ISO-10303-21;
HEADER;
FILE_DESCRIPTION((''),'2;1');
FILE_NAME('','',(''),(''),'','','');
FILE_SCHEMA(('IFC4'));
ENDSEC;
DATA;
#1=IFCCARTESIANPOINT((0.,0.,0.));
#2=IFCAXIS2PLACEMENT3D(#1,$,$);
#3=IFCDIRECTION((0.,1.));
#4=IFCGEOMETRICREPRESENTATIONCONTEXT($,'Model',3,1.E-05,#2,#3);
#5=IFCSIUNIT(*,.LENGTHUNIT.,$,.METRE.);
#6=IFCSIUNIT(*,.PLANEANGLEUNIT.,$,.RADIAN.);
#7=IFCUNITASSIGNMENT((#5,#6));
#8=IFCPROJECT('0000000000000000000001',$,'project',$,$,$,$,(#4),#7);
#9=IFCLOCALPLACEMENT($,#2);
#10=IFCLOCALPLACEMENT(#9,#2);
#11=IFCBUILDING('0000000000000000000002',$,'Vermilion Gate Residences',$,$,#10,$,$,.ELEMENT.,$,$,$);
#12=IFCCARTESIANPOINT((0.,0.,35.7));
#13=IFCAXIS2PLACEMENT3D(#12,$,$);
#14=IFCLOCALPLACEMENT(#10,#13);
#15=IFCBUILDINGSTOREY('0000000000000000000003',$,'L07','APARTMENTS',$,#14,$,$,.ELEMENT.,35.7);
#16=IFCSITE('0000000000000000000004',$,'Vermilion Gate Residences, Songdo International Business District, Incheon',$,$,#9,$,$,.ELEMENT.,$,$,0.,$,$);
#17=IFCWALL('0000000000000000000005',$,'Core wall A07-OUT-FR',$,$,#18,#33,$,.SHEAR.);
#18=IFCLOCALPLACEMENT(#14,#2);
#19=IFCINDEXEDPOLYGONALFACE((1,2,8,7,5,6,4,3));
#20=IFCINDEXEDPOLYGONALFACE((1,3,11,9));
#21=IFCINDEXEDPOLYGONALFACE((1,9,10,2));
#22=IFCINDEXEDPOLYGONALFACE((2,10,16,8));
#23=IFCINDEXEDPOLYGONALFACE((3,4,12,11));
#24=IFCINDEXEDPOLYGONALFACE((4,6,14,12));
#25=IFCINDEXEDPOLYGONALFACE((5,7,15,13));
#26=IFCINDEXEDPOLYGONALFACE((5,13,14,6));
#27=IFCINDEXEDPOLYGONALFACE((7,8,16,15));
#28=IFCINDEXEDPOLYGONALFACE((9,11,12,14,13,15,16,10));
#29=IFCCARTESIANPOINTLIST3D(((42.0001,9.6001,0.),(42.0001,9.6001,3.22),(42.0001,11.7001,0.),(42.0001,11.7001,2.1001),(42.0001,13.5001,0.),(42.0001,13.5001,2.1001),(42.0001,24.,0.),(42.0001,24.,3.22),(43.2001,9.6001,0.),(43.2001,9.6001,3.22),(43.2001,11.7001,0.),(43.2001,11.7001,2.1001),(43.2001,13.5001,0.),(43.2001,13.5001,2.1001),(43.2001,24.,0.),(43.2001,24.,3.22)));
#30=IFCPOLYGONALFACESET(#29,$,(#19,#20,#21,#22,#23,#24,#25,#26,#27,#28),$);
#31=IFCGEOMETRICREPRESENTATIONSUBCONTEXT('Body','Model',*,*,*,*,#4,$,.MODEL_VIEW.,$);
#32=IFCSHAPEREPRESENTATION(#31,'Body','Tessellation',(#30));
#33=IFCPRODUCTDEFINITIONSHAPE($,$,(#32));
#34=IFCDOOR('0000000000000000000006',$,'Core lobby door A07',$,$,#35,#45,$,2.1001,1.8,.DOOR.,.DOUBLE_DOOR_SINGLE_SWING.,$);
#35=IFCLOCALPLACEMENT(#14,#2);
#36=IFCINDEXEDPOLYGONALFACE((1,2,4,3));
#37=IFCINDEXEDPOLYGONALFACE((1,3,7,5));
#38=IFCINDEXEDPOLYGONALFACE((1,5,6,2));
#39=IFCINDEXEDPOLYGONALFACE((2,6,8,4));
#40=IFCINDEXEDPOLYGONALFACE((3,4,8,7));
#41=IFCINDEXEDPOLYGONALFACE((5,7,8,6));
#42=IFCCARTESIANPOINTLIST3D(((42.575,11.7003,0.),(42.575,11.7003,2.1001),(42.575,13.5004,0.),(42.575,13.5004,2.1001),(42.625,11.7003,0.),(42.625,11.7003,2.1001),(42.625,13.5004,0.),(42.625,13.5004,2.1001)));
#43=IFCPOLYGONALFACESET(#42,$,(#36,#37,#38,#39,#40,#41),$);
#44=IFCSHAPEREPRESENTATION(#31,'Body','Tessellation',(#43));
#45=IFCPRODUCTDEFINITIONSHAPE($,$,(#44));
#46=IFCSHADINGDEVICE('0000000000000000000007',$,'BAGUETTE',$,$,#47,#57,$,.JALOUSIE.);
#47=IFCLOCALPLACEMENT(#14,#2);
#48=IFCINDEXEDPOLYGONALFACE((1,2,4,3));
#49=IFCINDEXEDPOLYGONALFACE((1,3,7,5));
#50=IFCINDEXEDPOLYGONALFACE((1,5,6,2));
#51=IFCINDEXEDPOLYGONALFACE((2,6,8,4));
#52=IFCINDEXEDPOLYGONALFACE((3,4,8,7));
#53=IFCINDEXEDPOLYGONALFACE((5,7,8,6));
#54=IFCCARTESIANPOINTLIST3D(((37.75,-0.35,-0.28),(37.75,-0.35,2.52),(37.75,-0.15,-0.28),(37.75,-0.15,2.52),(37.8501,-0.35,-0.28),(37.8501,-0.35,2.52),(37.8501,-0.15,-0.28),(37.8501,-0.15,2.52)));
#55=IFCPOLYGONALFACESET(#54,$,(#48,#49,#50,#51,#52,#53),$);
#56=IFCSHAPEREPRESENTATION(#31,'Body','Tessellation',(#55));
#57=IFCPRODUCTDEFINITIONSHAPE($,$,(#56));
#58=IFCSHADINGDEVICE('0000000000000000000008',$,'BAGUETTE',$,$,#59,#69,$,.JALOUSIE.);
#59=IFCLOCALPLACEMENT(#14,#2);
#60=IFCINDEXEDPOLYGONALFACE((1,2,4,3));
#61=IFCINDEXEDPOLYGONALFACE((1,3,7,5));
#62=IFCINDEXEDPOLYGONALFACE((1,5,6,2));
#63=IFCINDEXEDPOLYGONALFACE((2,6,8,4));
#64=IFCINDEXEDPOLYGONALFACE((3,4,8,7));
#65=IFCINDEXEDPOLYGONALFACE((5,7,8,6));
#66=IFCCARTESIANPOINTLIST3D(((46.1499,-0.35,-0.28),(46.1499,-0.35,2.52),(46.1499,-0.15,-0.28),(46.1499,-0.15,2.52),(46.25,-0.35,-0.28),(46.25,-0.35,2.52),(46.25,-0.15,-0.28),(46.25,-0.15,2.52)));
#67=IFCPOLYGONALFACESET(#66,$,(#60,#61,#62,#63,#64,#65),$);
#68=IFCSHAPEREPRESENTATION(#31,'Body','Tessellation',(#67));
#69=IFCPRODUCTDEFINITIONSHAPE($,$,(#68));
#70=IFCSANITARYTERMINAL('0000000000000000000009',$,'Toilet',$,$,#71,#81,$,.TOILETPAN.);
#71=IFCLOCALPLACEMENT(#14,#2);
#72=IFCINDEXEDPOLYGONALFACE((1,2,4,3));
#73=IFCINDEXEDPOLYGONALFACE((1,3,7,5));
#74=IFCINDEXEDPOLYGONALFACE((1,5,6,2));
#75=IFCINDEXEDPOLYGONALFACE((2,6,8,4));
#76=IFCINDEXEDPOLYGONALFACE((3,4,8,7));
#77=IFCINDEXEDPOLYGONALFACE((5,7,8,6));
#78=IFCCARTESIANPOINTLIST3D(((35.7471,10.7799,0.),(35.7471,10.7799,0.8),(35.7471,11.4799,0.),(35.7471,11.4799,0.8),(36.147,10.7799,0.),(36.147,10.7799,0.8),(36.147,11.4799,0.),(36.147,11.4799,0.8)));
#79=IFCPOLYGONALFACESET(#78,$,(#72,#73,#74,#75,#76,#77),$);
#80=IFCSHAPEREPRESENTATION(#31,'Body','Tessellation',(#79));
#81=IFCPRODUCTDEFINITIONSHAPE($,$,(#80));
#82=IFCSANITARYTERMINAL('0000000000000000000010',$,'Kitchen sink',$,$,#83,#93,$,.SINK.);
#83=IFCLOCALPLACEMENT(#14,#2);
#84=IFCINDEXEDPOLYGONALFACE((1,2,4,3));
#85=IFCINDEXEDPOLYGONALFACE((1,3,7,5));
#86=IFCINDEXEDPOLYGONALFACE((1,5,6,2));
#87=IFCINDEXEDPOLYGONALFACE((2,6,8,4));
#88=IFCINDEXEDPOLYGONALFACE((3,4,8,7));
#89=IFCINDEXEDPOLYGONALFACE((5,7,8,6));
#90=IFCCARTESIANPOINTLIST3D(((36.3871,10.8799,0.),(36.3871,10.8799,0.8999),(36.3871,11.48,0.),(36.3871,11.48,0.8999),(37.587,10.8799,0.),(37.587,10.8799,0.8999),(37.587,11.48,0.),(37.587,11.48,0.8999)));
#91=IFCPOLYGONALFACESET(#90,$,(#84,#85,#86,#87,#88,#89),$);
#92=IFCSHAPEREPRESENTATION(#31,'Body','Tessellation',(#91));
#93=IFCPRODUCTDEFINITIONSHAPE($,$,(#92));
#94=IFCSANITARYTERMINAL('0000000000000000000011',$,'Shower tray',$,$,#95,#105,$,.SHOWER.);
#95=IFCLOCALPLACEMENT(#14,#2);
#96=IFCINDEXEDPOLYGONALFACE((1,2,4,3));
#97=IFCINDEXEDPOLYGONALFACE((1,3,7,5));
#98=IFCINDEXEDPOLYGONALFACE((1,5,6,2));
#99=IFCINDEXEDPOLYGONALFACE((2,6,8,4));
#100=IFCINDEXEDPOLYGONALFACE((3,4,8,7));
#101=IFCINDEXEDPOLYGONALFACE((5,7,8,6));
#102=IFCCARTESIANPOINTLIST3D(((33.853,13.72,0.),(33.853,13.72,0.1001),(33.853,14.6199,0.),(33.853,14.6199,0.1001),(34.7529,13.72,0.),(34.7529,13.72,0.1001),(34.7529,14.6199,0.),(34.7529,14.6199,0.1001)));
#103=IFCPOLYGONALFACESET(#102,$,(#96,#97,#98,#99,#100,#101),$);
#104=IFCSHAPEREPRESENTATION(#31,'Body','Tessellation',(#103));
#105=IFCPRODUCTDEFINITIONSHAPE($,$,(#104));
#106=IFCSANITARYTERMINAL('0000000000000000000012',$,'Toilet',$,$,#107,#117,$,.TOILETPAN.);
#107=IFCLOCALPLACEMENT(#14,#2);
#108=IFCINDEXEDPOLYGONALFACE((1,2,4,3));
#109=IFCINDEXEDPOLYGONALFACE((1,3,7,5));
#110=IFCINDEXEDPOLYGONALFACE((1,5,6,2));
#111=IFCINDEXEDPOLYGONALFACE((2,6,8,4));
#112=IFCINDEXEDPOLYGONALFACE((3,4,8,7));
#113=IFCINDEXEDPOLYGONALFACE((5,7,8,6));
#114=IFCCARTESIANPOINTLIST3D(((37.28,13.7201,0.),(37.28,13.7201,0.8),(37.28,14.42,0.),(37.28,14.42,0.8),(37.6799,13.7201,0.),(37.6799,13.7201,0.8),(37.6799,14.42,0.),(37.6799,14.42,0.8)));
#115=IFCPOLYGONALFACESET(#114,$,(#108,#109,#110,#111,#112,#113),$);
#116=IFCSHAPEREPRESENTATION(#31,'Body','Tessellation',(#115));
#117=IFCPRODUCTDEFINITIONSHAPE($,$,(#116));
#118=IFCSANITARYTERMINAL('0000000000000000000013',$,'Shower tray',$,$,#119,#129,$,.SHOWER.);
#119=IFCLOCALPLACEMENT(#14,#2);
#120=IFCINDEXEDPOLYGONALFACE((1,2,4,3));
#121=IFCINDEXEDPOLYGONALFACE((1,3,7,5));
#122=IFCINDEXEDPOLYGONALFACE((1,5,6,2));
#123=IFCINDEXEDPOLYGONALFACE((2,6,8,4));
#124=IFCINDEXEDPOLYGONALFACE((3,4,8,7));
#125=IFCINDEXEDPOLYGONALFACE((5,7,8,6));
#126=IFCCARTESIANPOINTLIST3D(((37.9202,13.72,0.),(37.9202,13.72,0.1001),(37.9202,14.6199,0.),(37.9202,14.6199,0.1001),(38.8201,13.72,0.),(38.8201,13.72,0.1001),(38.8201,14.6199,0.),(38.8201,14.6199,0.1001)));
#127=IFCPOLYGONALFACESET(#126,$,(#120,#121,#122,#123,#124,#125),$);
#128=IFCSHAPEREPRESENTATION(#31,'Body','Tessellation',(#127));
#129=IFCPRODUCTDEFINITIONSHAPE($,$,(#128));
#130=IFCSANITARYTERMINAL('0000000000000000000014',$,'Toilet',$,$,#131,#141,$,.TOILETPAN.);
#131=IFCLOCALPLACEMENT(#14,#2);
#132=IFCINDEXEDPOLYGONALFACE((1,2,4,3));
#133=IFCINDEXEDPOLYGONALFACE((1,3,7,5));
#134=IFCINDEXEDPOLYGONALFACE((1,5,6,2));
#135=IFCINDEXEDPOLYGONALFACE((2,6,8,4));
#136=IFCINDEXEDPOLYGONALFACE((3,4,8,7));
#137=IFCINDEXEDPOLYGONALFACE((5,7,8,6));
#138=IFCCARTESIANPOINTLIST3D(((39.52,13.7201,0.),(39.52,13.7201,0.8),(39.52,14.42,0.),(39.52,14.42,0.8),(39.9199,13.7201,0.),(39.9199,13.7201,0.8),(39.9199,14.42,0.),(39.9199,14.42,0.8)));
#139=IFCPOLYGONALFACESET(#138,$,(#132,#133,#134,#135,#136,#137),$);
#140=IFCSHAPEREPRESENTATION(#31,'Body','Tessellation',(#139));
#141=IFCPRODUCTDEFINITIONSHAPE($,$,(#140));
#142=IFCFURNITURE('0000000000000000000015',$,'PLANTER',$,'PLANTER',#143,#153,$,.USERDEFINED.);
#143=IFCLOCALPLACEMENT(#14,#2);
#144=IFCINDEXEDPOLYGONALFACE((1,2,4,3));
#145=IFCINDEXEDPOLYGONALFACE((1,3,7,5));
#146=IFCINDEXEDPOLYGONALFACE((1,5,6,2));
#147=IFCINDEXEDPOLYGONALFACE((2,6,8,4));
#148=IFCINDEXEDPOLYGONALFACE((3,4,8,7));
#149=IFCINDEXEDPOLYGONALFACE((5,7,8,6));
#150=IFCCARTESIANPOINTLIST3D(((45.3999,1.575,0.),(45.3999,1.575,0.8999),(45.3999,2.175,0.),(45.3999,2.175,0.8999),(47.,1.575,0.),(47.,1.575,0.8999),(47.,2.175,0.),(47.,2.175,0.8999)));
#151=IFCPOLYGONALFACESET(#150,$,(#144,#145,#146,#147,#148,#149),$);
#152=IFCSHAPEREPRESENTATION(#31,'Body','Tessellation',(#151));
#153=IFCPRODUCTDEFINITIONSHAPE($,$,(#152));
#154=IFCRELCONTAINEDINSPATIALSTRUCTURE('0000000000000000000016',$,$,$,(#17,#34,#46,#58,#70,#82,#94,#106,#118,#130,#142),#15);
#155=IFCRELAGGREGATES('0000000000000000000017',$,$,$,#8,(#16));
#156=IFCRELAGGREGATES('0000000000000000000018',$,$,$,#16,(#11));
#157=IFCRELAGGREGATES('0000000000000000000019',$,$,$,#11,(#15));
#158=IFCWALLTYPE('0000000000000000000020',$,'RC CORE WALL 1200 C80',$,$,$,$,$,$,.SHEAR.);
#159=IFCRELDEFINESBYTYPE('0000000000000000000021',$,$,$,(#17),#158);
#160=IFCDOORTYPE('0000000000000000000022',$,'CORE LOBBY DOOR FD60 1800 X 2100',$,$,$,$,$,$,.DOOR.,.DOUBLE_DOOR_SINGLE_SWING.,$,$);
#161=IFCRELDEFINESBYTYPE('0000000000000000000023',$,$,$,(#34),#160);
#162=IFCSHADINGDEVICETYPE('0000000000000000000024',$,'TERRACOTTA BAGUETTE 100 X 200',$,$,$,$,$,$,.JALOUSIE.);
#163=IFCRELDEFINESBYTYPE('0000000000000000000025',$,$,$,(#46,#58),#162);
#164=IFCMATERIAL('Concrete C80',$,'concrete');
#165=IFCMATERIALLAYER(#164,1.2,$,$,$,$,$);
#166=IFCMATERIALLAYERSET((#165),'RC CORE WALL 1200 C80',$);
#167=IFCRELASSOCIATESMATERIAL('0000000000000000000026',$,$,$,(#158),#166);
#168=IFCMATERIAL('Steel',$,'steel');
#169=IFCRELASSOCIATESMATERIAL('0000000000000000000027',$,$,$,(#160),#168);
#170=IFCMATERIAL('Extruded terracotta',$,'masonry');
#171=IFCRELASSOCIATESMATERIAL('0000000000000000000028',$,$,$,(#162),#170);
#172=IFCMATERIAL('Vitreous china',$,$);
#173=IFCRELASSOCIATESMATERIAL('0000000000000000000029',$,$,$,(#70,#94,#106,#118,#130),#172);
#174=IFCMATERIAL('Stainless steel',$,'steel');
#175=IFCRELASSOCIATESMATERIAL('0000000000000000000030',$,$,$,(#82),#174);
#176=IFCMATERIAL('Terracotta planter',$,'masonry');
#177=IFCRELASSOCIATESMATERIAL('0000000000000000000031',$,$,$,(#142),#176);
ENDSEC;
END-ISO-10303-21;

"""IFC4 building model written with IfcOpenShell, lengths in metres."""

from ifc_helpers import new_model, si_unit, direction, frame, frame_2d, origin, origin_2d, place, context, subcontext, project, spatial, rectangle, extrude, material, layer, layer_set, material_profile, profile_set, type_object, element, fill, save


model = new_model("IFC4")

# Units and contexts
model_context = context("Model", 3, precision=1e-05, world=origin(), true_north=direction((0.0, 1.0)))
body_context = subcontext(model_context, "Body", "Model", "MODEL_VIEW")
ifc_project = project(units=[si_unit("LENGTHUNIT", "METRE"), si_unit("PLANEANGLEUNIT", "RADIAN")], contexts=[model_context])

# Site, building, storey
site_placement = place(None, origin())
site = spatial("IfcSite", under=ifc_project, at=site_placement, Name="Vermilion Gate Residences, Songdo International Business District, Incheon", CompositionType="ELEMENT", RefElevation=0.0)
building_placement = place(site_placement, origin())
building = spatial("IfcBuilding", under=site, at=building_placement, Name="Vermilion Gate Residences", CompositionType="ELEMENT")
storey_placement = place(building_placement, frame((0.0, 0.0, 35.7)))
storey = spatial("IfcBuildingStorey", under=building, at=storey_placement, Name="L07", Description="APARTMENTS", CompositionType="ELEMENT", Elevation=35.7)

# Shared definitions
ifc_material_1 = material(Name="Concrete C80", Category="concrete")
ifc_layer_1 = layer(ifc_material_1, 1.2)
ifc_layer_set_1 = layer_set([ifc_layer_1], Name="RC CORE WALL 1200 C80")
wall_type_1 = type_object("IfcWallType", Name="RC CORE WALL 1200 C80", PredefinedType="SHEAR", material=ifc_layer_set_1)

# Wall, opening, door
wall_1_placement = place(storey_placement, frame((42.6001, 9.6001, 0.0), z_axis=(0.0, 0.0, 1.0), x_axis=(0.0, 1.0, 0.0)))
wall_1 = element("IfcWall", 1, at=wall_1_placement, inside=storey, type_object=wall_type_1, Name="Core wall A07-OUT-FR", PredefinedType="SHEAR", context=body_context, shape_type="SweptSolid", body=[
    extrude(rectangle(XDim=14.3999, YDim=1.2, at=frame_2d((7.2, 0.0))), origin(), (0.0, 0.0, 1.0), 3.22),
])
opening_1_placement = place(wall_1_placement, frame((2.1001, 0.0, 0.0)))
opening_1 = element("IfcOpeningElement", 2, at=opening_1_placement, cuts=wall_1, PredefinedType="OPENING", context=body_context, shape_type="SweptSolid", body=[
    extrude(rectangle(XDim=1.8, YDim=2.1001, at=frame_2d((0.8999, 1.05))), frame((0.0, 0.6099, 0.0), z_axis=(0.0, -1.0, 0.0), x_axis=(1.0, 0.0, 0.0)), (0.0, 0.0, 1.0), 1.22),
])
ifc_material_2 = material(Name="Steel", Category="steel")
door_type_1 = type_object("IfcDoorType", Name="CORE LOBBY DOOR FD60 1800 X 2100", OperationType="DOUBLE_DOOR_SINGLE_SWING", PredefinedType="DOOR", material=ifc_material_2)
door_1_placement = place(opening_1_placement, frame((1.8, 0.0, 0.0), z_axis=(0.0, 0.0, 1.0), x_axis=(-1.0, 0.0, 0.0)))
door_1 = element("IfcDoor", 3, at=door_1_placement, inside=storey, type_object=door_type_1, Name="Core lobby door A07", OperationType="DOUBLE_DOOR_SINGLE_SWING", OverallHeight=2.1001, OverallWidth=1.8, PredefinedType="DOOR", context=body_context, shape_type="SweptSolid", body=[
    extrude(rectangle(XDim=1.8, YDim=2.1001, at=frame_2d((0.8999, 1.05))), frame((0.0, 0.0249, 0.0), z_axis=(0.0, -1.0, 0.0), x_axis=(1.0, 0.0, 0.0)), (0.0, 0.0, 1.0), 0.05),
])
fill(opening_1, door_1)

# Shading devices
ifc_material_3 = material(Name="Extruded terracotta", Category="masonry")
ifc_material_profile_1 = material_profile(ifc_material_3, rectangle(XDim=0.2, YDim=0.1001, at=origin_2d()), Name="BAGUETTE 100 X 200")
ifc_profile_set_1 = profile_set([ifc_material_profile_1], Name="Extruded terracotta")
shading_device_type = type_object("IfcShadingDeviceType", Name="TERRACOTTA BAGUETTE 100 X 200", PredefinedType="JALOUSIE", material=ifc_profile_set_1)
for number, where, z_axis, x_axis, name in (
    (4, (37.8, -0.25, -0.28), (0.0, 0.0, 1.0), (0.0, 1.0, 0.0), "BAGUETTE"),
    (5, (46.2, -0.25, -0.28), (0.0, 0.0, 1.0), (0.0, 1.0, 0.0), "BAGUETTE"),
):
    element("IfcShadingDevice", number, at=place(storey_placement, frame(where, z_axis=z_axis, x_axis=x_axis)), inside=storey, type_object=shading_device_type, Name=name, PredefinedType="JALOUSIE", context=body_context, shape_type="SweptSolid", body=[
        extrude(rectangle(XDim=0.2, YDim=0.1001, at=origin_2d()), origin(), (0.0, 0.0, 1.0), 2.8),
    ])

# Sanitary terminals
ifc_material_4 = material(Name="Vitreous china")
sanitary_terminal_1_placement = place(storey_placement, frame((35.947, 11.1299, 0.0), z_axis=(0.0, 0.0, 1.0), x_axis=(1.0, 0.0, 0.0)))
element("IfcSanitaryTerminal", 6, at=sanitary_terminal_1_placement, inside=storey, material=ifc_material_4, Name="Toilet", PredefinedType="TOILETPAN", context=body_context, shape_type="SweptSolid", body=[
    extrude(rectangle(XDim=0.3999, YDim=0.7, at=origin_2d()), origin(), (0.0, 0.0, 1.0), 0.8),
])
ifc_material_5 = material(Name="Stainless steel", Category="steel")
sanitary_terminal_2_placement = place(storey_placement, frame((36.9871, 11.1799, 0.0), z_axis=(0.0, 0.0, 1.0), x_axis=(1.0, 0.0, 0.0)))
element("IfcSanitaryTerminal", 7, at=sanitary_terminal_2_placement, inside=storey, material=ifc_material_5, Name="Kitchen sink", PredefinedType="SINK", context=body_context, shape_type="SweptSolid", body=[
    extrude(rectangle(XDim=1.2, YDim=0.6001, at=origin_2d()), origin(), (0.0, 0.0, 1.0), 0.8999),
])
sanitary_terminal_3_placement = place(storey_placement, frame((34.303, 14.1699, 0.0), z_axis=(0.0, 0.0, 1.0), x_axis=(1.0, 0.0, 0.0)))
element("IfcSanitaryTerminal", 8, at=sanitary_terminal_3_placement, inside=storey, material=ifc_material_4, Name="Shower tray", PredefinedType="SHOWER", context=body_context, shape_type="SweptSolid", body=[
    extrude(rectangle(XDim=0.8999, YDim=0.8999, at=origin_2d()), origin(), (0.0, 0.0, 1.0), 0.1001),
])
sanitary_terminal_4_placement = place(storey_placement, frame((37.48, 14.0701, 0.0), z_axis=(0.0, 0.0, 1.0), x_axis=(1.0, 0.0, 0.0)))
element("IfcSanitaryTerminal", 9, at=sanitary_terminal_4_placement, inside=storey, material=ifc_material_4, Name="Toilet", PredefinedType="TOILETPAN", context=body_context, shape_type="SweptSolid", body=[
    extrude(rectangle(XDim=0.3999, YDim=0.7, at=origin_2d()), origin(), (0.0, 0.0, 1.0), 0.8),
])
sanitary_terminal_5_placement = place(storey_placement, frame((38.3701, 14.1699, 0.0), z_axis=(0.0, 0.0, 1.0), x_axis=(1.0, 0.0, 0.0)))
element("IfcSanitaryTerminal", 10, at=sanitary_terminal_5_placement, inside=storey, material=ifc_material_4, Name="Shower tray", PredefinedType="SHOWER", context=body_context, shape_type="SweptSolid", body=[
    extrude(rectangle(XDim=0.8999, YDim=0.8999, at=origin_2d()), origin(), (0.0, 0.0, 1.0), 0.1001),
])
sanitary_terminal_6_placement = place(storey_placement, frame((39.72, 14.0701, 0.0), z_axis=(0.0, 0.0, 1.0), x_axis=(1.0, 0.0, 0.0)))
element("IfcSanitaryTerminal", 11, at=sanitary_terminal_6_placement, inside=storey, material=ifc_material_4, Name="Toilet", PredefinedType="TOILETPAN", context=body_context, shape_type="SweptSolid", body=[
    extrude(rectangle(XDim=0.3999, YDim=0.7, at=origin_2d()), origin(), (0.0, 0.0, 1.0), 0.8),
])

# Furniture
ifc_material_6 = material(Name="Terracotta planter", Category="masonry")
furniture_placement = place(storey_placement, frame((46.2, 1.875, 0.0), z_axis=(0.0, 0.0, 1.0), x_axis=(1.0, 0.0, 0.0)))
element("IfcFurniture", 12, at=furniture_placement, inside=storey, material=ifc_material_6, Name="PLANTER", ObjectType="PLANTER", PredefinedType="USERDEFINED", context=body_context, shape_type="SweptSolid", body=[
    extrude(rectangle(XDim=1.6001, YDim=0.6001, at=origin_2d()), origin(), (0.0, 0.0, 1.0), 0.8999),
])

save(model, "model.ifc")
